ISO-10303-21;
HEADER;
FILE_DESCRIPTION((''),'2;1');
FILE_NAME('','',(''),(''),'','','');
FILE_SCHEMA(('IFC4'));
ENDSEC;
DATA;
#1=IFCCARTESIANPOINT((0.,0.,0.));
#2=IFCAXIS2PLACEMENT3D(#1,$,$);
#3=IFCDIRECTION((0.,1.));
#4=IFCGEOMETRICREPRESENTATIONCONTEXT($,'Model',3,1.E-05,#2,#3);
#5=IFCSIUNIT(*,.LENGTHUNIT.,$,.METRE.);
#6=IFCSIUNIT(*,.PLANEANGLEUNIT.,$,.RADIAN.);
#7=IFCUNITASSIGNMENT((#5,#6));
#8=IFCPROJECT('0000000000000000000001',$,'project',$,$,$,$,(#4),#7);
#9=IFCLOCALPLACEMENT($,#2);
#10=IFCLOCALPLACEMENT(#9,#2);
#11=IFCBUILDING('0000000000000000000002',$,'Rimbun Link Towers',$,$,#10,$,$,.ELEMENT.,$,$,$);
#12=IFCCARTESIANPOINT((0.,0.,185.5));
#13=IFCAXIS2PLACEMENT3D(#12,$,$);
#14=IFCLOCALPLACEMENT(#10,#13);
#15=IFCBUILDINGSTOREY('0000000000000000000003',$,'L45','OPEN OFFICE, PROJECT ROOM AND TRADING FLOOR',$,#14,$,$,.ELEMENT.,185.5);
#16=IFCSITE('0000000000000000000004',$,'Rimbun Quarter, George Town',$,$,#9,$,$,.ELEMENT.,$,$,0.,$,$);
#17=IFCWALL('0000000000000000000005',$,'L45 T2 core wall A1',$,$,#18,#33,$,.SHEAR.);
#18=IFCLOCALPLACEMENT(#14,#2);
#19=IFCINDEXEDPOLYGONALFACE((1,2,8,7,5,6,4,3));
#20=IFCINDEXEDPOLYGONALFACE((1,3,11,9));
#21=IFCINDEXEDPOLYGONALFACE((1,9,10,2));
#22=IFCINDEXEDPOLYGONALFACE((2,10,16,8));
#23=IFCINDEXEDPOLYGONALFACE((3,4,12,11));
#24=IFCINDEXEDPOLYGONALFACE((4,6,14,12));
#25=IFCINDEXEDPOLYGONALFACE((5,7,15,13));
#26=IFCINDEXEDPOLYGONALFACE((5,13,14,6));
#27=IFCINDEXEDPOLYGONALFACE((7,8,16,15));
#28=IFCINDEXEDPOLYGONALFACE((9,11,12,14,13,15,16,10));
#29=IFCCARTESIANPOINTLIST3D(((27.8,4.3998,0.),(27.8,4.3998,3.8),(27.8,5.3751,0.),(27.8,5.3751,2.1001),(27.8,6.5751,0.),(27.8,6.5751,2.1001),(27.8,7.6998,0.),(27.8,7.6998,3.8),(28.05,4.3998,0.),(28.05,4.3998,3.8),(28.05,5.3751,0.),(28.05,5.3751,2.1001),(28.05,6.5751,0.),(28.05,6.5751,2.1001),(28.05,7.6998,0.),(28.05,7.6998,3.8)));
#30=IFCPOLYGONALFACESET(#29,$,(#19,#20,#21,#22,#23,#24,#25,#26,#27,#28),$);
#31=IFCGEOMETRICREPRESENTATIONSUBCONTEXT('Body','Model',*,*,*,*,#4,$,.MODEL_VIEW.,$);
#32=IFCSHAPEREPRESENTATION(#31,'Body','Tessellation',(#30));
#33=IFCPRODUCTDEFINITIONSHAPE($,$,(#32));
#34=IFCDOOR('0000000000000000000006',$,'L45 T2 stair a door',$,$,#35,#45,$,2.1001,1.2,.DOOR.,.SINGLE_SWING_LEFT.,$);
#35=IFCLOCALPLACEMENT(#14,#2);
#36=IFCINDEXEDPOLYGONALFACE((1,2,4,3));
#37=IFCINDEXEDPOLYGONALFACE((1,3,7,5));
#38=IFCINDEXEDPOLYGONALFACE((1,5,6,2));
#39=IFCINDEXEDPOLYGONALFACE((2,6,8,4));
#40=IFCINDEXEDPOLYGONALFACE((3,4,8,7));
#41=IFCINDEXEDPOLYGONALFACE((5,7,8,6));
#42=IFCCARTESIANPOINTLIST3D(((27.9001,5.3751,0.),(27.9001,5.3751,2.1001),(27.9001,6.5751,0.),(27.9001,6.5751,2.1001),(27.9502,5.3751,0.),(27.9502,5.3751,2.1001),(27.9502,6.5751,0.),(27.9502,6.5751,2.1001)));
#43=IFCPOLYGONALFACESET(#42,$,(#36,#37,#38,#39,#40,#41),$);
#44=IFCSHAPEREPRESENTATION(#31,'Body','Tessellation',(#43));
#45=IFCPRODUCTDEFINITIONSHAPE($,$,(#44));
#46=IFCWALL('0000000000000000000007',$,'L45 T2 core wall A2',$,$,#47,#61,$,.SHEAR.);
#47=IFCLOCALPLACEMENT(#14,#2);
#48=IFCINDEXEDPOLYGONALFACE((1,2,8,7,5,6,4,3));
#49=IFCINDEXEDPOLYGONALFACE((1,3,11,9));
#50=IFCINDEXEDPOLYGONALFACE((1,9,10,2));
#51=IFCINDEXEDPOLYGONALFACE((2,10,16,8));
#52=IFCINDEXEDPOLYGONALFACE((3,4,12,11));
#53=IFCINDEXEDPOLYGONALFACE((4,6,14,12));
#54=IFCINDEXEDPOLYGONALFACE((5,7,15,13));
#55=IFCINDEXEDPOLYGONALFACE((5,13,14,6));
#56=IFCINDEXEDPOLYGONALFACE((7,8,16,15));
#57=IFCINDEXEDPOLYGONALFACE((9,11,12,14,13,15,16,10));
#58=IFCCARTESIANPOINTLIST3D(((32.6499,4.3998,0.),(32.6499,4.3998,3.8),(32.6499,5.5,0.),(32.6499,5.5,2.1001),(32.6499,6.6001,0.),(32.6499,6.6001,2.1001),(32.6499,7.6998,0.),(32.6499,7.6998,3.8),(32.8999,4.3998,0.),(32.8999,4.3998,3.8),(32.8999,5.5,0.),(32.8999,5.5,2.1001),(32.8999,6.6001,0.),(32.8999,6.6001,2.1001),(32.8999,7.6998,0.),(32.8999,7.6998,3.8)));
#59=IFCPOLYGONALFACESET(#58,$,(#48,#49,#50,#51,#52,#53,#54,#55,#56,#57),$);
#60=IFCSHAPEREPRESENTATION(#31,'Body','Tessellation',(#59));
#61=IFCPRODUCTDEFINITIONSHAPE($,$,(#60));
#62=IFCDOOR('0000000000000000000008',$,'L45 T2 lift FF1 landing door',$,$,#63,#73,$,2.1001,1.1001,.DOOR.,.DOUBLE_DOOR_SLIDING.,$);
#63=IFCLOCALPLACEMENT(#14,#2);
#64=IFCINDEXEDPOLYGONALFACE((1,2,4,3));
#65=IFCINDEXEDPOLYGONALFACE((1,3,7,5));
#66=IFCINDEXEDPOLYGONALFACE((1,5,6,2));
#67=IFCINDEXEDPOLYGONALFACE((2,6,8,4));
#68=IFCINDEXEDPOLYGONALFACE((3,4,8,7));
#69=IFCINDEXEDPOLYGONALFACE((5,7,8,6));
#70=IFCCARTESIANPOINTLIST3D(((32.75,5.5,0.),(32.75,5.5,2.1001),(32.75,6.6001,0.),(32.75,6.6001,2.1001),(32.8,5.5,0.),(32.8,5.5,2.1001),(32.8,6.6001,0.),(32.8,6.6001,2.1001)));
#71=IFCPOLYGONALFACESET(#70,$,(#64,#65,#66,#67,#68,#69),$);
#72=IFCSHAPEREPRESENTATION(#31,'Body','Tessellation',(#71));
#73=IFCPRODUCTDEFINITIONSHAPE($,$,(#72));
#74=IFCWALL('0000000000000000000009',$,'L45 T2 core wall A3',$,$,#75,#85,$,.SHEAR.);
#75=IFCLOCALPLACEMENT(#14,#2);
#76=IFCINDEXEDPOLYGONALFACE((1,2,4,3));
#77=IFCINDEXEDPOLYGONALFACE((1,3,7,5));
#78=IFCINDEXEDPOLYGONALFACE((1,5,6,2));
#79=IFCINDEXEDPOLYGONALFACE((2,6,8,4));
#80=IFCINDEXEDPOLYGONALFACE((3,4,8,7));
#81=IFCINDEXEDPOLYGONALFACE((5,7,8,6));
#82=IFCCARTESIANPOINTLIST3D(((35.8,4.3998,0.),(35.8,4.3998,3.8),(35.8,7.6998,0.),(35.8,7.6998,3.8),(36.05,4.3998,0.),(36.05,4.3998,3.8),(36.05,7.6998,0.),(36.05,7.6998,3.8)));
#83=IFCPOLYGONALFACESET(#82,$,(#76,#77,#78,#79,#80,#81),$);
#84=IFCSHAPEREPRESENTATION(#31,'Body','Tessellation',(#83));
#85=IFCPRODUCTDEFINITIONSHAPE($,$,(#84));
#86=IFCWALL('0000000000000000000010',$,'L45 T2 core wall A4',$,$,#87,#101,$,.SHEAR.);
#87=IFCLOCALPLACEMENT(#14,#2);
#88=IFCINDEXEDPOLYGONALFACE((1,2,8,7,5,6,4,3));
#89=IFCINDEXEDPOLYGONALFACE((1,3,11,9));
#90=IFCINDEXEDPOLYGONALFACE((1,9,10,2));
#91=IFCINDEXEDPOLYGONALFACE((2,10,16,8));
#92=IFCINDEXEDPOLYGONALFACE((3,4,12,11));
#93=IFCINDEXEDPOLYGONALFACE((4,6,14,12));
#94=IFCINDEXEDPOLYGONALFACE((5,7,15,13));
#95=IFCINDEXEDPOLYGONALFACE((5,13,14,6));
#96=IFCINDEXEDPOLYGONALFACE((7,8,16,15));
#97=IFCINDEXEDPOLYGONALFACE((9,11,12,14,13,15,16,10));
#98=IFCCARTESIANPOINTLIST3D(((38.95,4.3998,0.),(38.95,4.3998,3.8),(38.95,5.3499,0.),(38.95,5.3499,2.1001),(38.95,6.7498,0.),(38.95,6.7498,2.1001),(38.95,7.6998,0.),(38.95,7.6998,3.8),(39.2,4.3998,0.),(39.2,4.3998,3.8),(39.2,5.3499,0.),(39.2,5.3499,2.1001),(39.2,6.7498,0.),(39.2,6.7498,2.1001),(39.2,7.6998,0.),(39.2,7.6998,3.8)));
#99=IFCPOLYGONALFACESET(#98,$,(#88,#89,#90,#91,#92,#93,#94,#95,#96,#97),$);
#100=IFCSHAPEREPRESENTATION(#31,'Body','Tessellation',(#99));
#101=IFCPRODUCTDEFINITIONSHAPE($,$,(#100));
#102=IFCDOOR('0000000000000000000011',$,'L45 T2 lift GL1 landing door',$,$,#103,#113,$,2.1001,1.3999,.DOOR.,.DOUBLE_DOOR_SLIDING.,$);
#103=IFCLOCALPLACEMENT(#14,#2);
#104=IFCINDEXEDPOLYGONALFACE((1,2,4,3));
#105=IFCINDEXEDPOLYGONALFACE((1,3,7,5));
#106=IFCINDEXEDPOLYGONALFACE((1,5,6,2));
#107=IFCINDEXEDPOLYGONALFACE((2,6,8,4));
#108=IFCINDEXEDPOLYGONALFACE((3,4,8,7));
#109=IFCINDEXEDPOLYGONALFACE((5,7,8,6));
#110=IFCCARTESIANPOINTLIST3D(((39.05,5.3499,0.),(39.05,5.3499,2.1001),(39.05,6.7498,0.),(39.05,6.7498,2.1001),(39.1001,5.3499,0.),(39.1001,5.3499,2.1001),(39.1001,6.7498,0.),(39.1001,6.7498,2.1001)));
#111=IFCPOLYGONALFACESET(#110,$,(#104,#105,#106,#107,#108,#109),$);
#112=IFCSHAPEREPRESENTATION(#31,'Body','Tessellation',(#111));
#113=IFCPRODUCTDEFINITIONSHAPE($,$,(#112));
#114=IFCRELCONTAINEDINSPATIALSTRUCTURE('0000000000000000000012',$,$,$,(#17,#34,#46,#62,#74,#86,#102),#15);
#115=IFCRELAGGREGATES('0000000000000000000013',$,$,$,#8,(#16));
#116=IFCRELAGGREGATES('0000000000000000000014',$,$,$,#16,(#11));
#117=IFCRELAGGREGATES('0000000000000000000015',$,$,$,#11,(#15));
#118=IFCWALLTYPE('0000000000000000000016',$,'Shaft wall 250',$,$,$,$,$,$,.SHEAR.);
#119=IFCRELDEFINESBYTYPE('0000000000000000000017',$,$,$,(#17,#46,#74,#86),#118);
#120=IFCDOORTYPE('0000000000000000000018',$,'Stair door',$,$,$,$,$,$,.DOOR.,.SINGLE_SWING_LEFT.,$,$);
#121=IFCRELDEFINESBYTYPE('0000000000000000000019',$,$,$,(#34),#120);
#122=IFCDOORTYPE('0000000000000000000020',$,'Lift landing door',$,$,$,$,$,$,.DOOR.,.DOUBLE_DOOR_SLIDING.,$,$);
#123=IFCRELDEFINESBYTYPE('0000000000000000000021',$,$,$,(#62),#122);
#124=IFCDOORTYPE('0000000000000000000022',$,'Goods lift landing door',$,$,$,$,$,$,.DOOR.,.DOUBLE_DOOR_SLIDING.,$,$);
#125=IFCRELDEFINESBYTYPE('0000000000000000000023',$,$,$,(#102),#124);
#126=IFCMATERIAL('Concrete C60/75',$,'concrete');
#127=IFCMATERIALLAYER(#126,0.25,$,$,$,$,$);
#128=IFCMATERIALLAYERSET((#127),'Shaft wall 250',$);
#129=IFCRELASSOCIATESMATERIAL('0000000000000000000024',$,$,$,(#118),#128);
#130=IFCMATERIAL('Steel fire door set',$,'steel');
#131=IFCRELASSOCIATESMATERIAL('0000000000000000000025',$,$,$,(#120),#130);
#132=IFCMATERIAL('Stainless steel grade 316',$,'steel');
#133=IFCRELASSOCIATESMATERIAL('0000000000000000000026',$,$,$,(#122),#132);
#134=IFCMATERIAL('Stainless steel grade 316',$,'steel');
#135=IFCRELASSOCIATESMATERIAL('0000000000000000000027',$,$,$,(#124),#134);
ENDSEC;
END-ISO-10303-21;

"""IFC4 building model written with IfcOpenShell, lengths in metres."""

from ifc_helpers import new_model, si_unit, direction, frame, frame_2d, origin, place, context, subcontext, project, spatial, rectangle, extrude, material, layer, layer_set, type_object, element, fill, save


model = new_model("IFC4")

# Units and contexts
model_context = context("Model", 3, precision=1e-05, world=origin(), true_north=direction((0.0, 1.0)))
body_context = subcontext(model_context, "Body", "Model", "MODEL_VIEW")
ifc_project = project(units=[si_unit("LENGTHUNIT", "METRE"), si_unit("PLANEANGLEUNIT", "RADIAN")], contexts=[model_context])

# Site, building, storey
site_placement = place(None, origin())
site = spatial("IfcSite", under=ifc_project, at=site_placement, Name="Rimbun Quarter, George Town", CompositionType="ELEMENT", RefElevation=0.0)
building_placement = place(site_placement, origin())
building = spatial("IfcBuilding", under=site, at=building_placement, Name="Rimbun Link Towers", CompositionType="ELEMENT")
storey_placement = place(building_placement, frame((0.0, 0.0, 185.5)))
storey = spatial("IfcBuildingStorey", under=building, at=storey_placement, Name="L45", Description="OPEN OFFICE, PROJECT ROOM AND TRADING FLOOR", CompositionType="ELEMENT", Elevation=185.5)

# Shared definitions
ifc_material_1 = material(Name="Concrete C60/75", Category="concrete")
ifc_layer = layer(ifc_material_1, 0.25)
ifc_layer_set = layer_set([ifc_layer], Name="Shaft wall 250")
wall_type = type_object("IfcWallType", Name="Shaft wall 250", PredefinedType="SHEAR", material=ifc_layer_set)

# Walls, openings, doors
wall_1_placement = place(storey_placement, frame((27.925, 4.3999, 0.0), z_axis=(0.0, 0.0, 1.0), x_axis=(0.0, 1.0, 0.0)))
wall_1 = element("IfcWall", 1, at=wall_1_placement, inside=storey, type_object=wall_type, Name="L45 T2 core wall A1", PredefinedType="SHEAR", context=body_context, shape_type="SweptSolid", body=[
    extrude(rectangle(XDim=3.3, YDim=0.25, at=frame_2d((1.6499, 0.0))), origin(), (0.0, 0.0, 1.0), 3.8),
])
opening_1_placement = place(wall_1_placement, frame((0.9751, 0.0, 0.0)))
opening_1 = element("IfcOpeningElement", 2, at=opening_1_placement, cuts=wall_1, PredefinedType="OPENING", context=body_context, shape_type="SweptSolid", body=[
    extrude(rectangle(XDim=1.2, YDim=2.1001, at=frame_2d((0.6001, 1.05))), frame((0.0, 0.135, 0.0), z_axis=(0.0, -1.0, 0.0), x_axis=(1.0, 0.0, 0.0)), (0.0, 0.0, 1.0), 0.27),
])
ifc_material_2 = material(Name="Steel fire door set", Category="steel")
door_type_1 = type_object("IfcDoorType", Name="Stair door", OperationType="SINGLE_SWING_LEFT", PredefinedType="DOOR", material=ifc_material_2)
door_1_placement = place(opening_1_placement, origin())
door_1 = element("IfcDoor", 3, at=door_1_placement, inside=storey, type_object=door_type_1, Name="L45 T2 stair a door", OperationType="SINGLE_SWING_LEFT", OverallHeight=2.1001, OverallWidth=1.2, PredefinedType="DOOR", context=body_context, shape_type="SweptSolid", body=[
    extrude(rectangle(XDim=1.2, YDim=2.1001, at=frame_2d((0.6001, 1.05))), frame((0.0, 0.0249, 0.0), z_axis=(0.0, -1.0, 0.0), x_axis=(1.0, 0.0, 0.0)), (0.0, 0.0, 1.0), 0.05),
])
fill(opening_1, door_1)
wall_2_placement = place(storey_placement, frame((32.7749, 4.3999, 0.0), z_axis=(0.0, 0.0, 1.0), x_axis=(0.0, 1.0, 0.0)))
wall_2 = element("IfcWall", 4, at=wall_2_placement, inside=storey, type_object=wall_type, Name="L45 T2 core wall A2", PredefinedType="SHEAR", context=body_context, shape_type="SweptSolid", body=[
    extrude(rectangle(XDim=3.3, YDim=0.25, at=frame_2d((1.6499, 0.0))), origin(), (0.0, 0.0, 1.0), 3.8),
])
opening_2_placement = place(wall_2_placement, frame((1.1001, 0.0, 0.0)))
opening_2 = element("IfcOpeningElement", 5, at=opening_2_placement, cuts=wall_2, PredefinedType="OPENING", context=body_context, shape_type="SweptSolid", body=[
    extrude(rectangle(XDim=1.1001, YDim=2.1001, at=frame_2d((0.55, 1.05))), frame((0.0, 0.135, 0.0), z_axis=(0.0, -1.0, 0.0), x_axis=(1.0, 0.0, 0.0)), (0.0, 0.0, 1.0), 0.27),
])
ifc_material_3 = material(Name="Stainless steel grade 316", Category="steel")
door_type_2 = type_object("IfcDoorType", Name="Lift landing door", OperationType="DOUBLE_DOOR_SLIDING", PredefinedType="DOOR", material=ifc_material_3)
door_2_placement = place(opening_2_placement, origin())
door_2 = element("IfcDoor", 6, at=door_2_placement, inside=storey, type_object=door_type_2, Name="L45 T2 lift FF1 landing door", OperationType="DOUBLE_DOOR_SLIDING", OverallHeight=2.1001, OverallWidth=1.1001, PredefinedType="DOOR", context=body_context, shape_type="SweptSolid", body=[
    extrude(rectangle(XDim=1.1001, YDim=2.1001, at=frame_2d((0.55, 1.05))), frame((0.0, 0.0249, 0.0), z_axis=(0.0, -1.0, 0.0), x_axis=(1.0, 0.0, 0.0)), (0.0, 0.0, 1.0), 0.05),
])
fill(opening_2, door_2)

# Wall
wall_3_placement = place(storey_placement, frame((35.925, 4.3999, 0.0), z_axis=(0.0, 0.0, 1.0), x_axis=(0.0, 1.0, 0.0)))
element("IfcWall", 7, at=wall_3_placement, inside=storey, type_object=wall_type, Name="L45 T2 core wall A3", PredefinedType="SHEAR", context=body_context, shape_type="SweptSolid", body=[
    extrude(rectangle(XDim=3.3, YDim=0.25, at=frame_2d((1.6499, 0.0))), origin(), (0.0, 0.0, 1.0), 3.8),
])

# Wall, opening, door
wall_4_placement = place(storey_placement, frame((39.075, 4.3999, 0.0), z_axis=(0.0, 0.0, 1.0), x_axis=(0.0, 1.0, 0.0)))
wall_4 = element("IfcWall", 8, at=wall_4_placement, inside=storey, type_object=wall_type, Name="L45 T2 core wall A4", PredefinedType="SHEAR", context=body_context, shape_type="SweptSolid", body=[
    extrude(rectangle(XDim=3.3, YDim=0.25, at=frame_2d((1.6499, 0.0))), origin(), (0.0, 0.0, 1.0), 3.8),
])
opening_3_placement = place(wall_4_placement, frame((0.95, 0.0, 0.0)))
opening_3 = element("IfcOpeningElement", 9, at=opening_3_placement, cuts=wall_4, PredefinedType="OPENING", context=body_context, shape_type="SweptSolid", body=[
    extrude(rectangle(XDim=1.3999, YDim=2.1001, at=frame_2d((0.7, 1.05))), frame((0.0, 0.135, 0.0), z_axis=(0.0, -1.0, 0.0), x_axis=(1.0, 0.0, 0.0)), (0.0, 0.0, 1.0), 0.27),
])
ifc_material_4 = material(Name="Stainless steel grade 316", Category="steel")
door_type_3 = type_object("IfcDoorType", Name="Goods lift landing door", OperationType="DOUBLE_DOOR_SLIDING", PredefinedType="DOOR", material=ifc_material_4)
door_3_placement = place(opening_3_placement, origin())
door_3 = element("IfcDoor", 10, at=door_3_placement, inside=storey, type_object=door_type_3, Name="L45 T2 lift GL1 landing door", OperationType="DOUBLE_DOOR_SLIDING", OverallHeight=2.1001, OverallWidth=1.3999, PredefinedType="DOOR", context=body_context, shape_type="SweptSolid", body=[
    extrude(rectangle(XDim=1.3999, YDim=2.1001, at=frame_2d((0.7, 1.05))), frame((0.0, 0.0249, 0.0), z_axis=(0.0, -1.0, 0.0), x_axis=(1.0, 0.0, 0.0)), (0.0, 0.0, 1.0), 0.05),
])
fill(opening_3, door_3)

save(model, "model.ifc")
